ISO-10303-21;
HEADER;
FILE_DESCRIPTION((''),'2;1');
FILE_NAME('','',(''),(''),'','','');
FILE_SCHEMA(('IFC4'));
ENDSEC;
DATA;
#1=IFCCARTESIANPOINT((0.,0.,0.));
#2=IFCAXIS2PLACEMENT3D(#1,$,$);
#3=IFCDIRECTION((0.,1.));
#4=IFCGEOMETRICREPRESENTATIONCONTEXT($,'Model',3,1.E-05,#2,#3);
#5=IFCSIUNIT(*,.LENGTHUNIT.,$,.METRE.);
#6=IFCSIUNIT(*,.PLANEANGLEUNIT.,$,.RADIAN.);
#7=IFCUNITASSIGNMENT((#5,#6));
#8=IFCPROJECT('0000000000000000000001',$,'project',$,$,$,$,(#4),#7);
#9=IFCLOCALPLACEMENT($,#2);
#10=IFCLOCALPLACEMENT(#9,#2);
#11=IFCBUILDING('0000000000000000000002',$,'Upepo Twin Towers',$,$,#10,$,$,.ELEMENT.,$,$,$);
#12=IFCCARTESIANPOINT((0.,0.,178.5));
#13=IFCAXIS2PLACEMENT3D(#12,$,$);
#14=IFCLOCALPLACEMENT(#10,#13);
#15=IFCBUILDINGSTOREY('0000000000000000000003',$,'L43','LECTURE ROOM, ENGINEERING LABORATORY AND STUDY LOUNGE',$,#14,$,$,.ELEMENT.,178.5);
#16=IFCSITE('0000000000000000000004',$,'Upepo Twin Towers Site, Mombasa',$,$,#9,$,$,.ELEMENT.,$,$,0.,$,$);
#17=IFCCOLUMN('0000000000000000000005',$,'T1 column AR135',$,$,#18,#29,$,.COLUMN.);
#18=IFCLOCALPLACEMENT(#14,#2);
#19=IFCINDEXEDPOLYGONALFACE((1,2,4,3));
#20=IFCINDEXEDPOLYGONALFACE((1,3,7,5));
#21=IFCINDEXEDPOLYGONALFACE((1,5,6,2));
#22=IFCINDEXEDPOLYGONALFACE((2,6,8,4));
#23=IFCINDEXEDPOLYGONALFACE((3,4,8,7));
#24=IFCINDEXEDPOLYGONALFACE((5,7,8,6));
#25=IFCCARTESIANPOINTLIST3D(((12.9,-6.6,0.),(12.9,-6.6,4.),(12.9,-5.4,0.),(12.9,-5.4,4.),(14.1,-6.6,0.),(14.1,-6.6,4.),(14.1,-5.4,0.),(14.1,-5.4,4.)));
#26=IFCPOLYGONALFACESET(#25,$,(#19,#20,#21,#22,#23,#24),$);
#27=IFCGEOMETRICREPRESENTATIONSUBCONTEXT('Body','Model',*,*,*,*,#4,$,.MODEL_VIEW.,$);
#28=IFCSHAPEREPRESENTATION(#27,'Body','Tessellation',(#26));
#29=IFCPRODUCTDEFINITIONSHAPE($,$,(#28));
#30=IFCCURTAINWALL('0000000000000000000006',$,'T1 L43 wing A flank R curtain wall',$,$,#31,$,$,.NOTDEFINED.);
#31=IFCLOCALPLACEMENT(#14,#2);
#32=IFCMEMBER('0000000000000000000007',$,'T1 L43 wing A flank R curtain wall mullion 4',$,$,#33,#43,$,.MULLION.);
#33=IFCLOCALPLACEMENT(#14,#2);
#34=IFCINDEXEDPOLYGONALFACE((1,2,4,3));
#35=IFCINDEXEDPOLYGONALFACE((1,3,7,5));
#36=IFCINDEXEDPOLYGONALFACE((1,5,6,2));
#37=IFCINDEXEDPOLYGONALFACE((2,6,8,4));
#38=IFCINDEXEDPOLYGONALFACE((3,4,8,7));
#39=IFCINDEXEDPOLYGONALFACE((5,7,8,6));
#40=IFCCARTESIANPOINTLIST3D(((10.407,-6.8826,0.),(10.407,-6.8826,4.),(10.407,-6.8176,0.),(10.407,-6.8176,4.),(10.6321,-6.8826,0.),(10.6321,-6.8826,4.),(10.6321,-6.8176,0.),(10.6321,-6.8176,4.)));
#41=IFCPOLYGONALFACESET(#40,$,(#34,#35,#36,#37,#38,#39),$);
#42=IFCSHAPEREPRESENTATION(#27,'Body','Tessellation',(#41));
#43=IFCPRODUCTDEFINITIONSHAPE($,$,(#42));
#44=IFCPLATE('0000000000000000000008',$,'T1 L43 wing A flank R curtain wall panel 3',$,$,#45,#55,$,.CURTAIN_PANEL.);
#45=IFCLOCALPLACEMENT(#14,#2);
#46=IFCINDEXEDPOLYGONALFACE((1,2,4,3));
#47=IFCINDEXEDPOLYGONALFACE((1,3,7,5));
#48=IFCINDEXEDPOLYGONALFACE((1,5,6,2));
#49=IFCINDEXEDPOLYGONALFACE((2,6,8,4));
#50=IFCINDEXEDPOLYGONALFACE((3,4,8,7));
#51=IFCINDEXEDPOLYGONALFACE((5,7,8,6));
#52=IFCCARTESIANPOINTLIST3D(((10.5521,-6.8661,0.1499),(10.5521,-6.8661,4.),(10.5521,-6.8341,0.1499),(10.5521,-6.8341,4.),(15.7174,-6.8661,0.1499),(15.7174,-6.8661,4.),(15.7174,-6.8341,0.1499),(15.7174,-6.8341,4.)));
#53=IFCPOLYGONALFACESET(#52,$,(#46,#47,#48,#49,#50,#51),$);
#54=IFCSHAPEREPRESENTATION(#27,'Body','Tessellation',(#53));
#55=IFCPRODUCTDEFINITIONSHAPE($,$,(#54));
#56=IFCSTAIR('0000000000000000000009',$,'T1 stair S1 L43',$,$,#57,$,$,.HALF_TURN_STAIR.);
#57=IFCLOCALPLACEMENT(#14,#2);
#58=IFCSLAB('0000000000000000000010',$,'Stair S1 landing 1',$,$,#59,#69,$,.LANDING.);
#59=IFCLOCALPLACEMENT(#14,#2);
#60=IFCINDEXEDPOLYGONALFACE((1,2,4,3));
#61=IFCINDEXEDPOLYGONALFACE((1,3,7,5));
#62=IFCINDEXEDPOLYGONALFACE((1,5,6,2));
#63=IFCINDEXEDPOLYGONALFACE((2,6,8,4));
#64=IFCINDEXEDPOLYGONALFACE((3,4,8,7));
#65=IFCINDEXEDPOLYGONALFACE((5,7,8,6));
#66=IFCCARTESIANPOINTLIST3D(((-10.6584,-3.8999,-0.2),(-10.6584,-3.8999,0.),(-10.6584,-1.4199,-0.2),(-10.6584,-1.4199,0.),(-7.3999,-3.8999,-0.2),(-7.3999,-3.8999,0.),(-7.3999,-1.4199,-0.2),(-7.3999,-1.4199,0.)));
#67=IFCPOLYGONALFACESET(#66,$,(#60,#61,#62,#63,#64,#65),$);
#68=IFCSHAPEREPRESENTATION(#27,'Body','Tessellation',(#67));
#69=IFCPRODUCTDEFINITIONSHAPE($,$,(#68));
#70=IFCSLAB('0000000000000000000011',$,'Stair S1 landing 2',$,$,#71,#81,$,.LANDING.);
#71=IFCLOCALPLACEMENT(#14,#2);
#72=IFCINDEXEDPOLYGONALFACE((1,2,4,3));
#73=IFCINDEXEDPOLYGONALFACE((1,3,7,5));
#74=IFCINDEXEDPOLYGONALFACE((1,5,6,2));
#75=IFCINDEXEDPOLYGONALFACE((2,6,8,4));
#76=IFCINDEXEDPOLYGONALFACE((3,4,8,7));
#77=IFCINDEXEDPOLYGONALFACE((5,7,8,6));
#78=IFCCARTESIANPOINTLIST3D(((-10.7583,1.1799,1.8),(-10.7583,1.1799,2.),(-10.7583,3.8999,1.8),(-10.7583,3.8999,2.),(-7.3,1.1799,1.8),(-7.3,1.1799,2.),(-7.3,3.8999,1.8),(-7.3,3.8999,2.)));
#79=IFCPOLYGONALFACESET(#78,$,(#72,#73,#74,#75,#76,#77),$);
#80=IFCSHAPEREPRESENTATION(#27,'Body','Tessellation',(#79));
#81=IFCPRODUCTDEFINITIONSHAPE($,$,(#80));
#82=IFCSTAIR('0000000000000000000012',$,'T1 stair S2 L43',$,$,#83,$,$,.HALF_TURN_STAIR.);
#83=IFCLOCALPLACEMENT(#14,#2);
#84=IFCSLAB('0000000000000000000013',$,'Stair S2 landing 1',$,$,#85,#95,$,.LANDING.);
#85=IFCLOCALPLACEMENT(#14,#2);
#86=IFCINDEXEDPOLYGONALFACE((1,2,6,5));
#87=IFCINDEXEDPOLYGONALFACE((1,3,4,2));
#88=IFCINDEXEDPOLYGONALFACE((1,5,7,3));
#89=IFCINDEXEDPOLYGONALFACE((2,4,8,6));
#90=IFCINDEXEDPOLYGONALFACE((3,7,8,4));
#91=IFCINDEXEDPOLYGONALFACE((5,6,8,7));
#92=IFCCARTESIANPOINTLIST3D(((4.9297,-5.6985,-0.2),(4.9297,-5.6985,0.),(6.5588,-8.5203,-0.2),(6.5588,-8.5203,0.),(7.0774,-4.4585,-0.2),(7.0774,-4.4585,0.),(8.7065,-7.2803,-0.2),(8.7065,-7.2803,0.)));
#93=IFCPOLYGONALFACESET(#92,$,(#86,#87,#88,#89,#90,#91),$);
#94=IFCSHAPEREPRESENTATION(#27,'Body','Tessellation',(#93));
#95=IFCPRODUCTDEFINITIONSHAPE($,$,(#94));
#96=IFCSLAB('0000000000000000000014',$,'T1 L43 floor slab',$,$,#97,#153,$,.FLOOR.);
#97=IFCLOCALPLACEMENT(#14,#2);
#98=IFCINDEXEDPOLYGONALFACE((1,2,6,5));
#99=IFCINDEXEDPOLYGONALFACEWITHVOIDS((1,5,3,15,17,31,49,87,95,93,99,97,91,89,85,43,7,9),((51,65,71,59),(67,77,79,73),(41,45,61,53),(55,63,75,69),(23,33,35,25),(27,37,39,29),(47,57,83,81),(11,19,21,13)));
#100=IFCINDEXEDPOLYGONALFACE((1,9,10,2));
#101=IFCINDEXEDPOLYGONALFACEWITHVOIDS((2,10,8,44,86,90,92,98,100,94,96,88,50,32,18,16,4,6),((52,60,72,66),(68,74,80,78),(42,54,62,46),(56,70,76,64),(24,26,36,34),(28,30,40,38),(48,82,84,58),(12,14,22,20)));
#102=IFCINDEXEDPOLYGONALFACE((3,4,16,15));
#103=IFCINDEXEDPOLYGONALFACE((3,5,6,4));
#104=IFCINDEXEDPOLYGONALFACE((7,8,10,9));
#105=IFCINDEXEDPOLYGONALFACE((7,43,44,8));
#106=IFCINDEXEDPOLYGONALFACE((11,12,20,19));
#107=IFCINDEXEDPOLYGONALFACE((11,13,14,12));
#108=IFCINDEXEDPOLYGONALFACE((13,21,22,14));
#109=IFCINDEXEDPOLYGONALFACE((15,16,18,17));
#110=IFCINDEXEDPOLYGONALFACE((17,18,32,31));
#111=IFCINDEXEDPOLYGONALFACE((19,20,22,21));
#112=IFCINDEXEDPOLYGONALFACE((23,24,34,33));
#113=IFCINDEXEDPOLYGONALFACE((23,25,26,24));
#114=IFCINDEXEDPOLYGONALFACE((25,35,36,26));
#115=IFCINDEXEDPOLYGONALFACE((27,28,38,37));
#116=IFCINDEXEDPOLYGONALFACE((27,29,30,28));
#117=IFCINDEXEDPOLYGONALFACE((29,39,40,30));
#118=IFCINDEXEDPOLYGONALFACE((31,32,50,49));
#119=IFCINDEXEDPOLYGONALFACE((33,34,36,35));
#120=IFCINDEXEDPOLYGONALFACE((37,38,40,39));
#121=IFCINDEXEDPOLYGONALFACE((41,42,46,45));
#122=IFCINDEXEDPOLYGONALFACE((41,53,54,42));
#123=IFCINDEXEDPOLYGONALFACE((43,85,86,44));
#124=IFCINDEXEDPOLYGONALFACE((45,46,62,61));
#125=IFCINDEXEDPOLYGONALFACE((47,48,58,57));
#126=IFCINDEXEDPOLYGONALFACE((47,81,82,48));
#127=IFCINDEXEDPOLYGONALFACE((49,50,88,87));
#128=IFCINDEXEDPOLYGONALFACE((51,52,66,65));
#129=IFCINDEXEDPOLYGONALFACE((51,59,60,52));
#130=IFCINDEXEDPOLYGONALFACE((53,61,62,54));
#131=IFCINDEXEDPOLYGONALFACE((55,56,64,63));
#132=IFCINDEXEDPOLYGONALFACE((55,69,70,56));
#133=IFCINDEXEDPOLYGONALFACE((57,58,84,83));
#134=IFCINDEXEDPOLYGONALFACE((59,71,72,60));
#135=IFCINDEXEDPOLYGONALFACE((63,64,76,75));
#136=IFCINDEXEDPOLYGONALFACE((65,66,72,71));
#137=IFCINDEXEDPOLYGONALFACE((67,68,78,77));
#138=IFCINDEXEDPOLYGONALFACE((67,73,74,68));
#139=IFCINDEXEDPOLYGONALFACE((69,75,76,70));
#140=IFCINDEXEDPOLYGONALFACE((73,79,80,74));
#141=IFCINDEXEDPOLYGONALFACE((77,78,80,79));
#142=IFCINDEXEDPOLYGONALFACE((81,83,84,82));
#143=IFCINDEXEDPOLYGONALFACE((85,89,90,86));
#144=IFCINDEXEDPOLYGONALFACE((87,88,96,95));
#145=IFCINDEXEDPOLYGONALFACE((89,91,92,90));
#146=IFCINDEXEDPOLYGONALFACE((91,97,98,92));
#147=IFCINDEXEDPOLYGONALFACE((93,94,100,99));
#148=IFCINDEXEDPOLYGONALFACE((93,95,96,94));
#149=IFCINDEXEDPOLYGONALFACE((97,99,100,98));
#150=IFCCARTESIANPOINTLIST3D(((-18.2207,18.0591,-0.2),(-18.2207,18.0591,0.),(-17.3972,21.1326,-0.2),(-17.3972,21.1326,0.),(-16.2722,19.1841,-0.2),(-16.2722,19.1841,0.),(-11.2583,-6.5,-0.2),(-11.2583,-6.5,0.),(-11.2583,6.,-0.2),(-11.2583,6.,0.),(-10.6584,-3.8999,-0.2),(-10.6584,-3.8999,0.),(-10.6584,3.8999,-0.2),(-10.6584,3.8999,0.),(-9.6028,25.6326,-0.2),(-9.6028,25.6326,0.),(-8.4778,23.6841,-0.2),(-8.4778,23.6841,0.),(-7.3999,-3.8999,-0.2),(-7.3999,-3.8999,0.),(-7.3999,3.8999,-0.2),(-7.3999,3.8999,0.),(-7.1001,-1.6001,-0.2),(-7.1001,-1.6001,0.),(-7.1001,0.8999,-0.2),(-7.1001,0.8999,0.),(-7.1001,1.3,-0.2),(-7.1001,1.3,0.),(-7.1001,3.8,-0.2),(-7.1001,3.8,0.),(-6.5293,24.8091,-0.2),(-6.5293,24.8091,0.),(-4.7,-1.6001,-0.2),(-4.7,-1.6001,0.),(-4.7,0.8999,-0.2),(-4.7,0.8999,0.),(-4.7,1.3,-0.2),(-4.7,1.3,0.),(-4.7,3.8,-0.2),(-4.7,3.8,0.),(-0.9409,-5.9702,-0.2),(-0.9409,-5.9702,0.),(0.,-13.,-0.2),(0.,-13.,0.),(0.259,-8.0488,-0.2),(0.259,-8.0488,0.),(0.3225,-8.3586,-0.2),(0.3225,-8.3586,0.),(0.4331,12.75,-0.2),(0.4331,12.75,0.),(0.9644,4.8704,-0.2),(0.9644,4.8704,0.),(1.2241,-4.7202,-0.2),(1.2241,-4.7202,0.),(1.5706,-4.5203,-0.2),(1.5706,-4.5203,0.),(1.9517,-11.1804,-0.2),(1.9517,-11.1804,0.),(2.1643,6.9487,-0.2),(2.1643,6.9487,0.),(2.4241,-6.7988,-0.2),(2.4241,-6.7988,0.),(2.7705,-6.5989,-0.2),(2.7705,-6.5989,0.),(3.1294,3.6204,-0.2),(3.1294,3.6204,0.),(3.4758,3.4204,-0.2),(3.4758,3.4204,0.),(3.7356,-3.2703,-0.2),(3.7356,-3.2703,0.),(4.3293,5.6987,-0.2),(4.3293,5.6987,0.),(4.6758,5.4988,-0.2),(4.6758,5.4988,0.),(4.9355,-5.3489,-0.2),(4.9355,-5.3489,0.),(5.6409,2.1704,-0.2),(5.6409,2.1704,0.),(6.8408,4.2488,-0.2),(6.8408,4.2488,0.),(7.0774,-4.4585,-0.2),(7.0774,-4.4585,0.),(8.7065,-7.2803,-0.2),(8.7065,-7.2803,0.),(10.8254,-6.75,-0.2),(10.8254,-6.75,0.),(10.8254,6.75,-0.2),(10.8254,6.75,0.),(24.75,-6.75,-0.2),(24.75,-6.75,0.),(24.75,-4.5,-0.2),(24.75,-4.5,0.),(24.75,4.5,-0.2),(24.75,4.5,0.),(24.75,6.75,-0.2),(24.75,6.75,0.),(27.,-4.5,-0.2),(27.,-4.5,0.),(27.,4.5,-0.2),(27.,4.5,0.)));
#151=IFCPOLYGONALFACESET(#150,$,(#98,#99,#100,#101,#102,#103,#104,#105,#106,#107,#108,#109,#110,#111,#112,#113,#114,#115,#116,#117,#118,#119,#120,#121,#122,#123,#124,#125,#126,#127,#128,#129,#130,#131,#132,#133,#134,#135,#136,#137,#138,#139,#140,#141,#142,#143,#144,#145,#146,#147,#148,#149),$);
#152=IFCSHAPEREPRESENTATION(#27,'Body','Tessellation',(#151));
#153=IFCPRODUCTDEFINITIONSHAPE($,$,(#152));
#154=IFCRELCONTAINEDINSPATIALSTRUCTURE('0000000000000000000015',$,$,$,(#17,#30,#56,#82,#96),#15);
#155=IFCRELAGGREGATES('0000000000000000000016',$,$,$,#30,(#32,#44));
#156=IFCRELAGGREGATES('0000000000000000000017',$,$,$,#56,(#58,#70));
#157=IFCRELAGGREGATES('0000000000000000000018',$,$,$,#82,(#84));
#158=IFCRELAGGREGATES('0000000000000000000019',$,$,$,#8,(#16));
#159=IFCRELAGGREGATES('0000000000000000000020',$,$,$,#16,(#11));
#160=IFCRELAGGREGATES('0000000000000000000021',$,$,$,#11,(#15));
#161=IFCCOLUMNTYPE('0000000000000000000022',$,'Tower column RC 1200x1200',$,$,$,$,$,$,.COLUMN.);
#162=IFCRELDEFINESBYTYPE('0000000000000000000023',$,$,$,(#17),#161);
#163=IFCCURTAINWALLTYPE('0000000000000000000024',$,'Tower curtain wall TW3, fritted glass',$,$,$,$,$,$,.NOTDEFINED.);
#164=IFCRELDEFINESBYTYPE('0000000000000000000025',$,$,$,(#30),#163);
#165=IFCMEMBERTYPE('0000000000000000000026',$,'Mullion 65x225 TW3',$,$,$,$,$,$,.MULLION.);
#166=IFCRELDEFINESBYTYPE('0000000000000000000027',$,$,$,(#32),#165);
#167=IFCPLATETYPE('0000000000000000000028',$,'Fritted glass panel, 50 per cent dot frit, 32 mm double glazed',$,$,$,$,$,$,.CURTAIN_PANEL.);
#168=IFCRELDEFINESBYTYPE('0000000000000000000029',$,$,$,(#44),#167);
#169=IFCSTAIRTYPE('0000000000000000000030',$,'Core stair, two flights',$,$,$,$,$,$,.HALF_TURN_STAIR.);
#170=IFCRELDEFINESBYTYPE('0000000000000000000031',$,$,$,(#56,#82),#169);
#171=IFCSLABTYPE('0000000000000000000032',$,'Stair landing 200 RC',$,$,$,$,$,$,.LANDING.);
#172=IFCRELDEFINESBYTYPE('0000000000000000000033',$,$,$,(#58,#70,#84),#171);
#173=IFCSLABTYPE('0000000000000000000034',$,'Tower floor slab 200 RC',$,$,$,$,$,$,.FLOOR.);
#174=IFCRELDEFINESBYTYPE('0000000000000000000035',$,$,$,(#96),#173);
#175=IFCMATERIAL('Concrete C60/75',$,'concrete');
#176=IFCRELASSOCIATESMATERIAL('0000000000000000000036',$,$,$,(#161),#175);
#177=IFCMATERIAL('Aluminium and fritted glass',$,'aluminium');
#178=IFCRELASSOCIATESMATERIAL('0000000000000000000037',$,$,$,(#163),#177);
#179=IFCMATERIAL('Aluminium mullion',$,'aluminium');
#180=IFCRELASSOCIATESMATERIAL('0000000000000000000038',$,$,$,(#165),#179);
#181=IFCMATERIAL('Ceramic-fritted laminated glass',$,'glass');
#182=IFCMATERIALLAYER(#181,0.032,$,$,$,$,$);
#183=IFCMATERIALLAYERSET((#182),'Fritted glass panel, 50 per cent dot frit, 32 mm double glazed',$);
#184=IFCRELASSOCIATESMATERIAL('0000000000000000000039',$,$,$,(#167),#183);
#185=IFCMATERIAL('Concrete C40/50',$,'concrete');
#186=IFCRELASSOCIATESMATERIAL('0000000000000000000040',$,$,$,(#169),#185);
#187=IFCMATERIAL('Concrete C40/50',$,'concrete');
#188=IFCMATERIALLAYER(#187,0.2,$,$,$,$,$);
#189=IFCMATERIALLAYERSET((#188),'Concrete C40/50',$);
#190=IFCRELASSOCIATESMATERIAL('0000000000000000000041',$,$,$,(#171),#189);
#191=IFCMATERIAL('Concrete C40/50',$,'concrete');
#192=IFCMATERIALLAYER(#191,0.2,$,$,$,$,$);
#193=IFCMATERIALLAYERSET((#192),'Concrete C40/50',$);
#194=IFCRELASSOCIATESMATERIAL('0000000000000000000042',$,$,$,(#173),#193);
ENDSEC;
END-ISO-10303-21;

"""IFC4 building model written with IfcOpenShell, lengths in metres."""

from ifc_helpers import new_model, si_unit, direction, frame, origin, origin_2d, place, context, subcontext, project, spatial, polyline, rectangle, outline, extrude, material, layer, layer_set, material_profile, profile_set, type_object, element, aggregate, save


model = new_model("IFC4")

# Units and contexts
model_context = context("Model", 3, precision=1e-05, world=origin(), true_north=direction((0.0, 1.0)))
body_context = subcontext(model_context, "Body", "Model", "MODEL_VIEW")
ifc_project = project(units=[si_unit("LENGTHUNIT", "METRE"), si_unit("PLANEANGLEUNIT", "RADIAN")], contexts=[model_context])

# Site, building, storey
site_placement = place(None, origin())
site = spatial("IfcSite", under=ifc_project, at=site_placement, Name="Upepo Twin Towers Site, Mombasa", CompositionType="ELEMENT", RefElevation=0.0)
building_placement = place(site_placement, origin())
building = spatial("IfcBuilding", under=site, at=building_placement, Name="Upepo Twin Towers", CompositionType="ELEMENT")
storey_placement = place(building_placement, frame((0.0, 0.0, 178.5)))
storey = spatial("IfcBuildingStorey", under=building, at=storey_placement, Name="L43", Description="LECTURE ROOM, ENGINEERING LABORATORY AND STUDY LOUNGE", CompositionType="ELEMENT", Elevation=178.5)

# Column
ifc_material_1 = material(Name="Concrete C60/75", Category="concrete")
ifc_material_profile_1 = material_profile(ifc_material_1, rectangle(XDim=1.2, YDim=1.2, at=origin_2d()), Name="RC 1200x1200")
ifc_profile_set_1 = profile_set([ifc_material_profile_1], Name="Concrete C60/75")
column_type = type_object("IfcColumnType", Name="Tower column RC 1200x1200", PredefinedType="COLUMN", material=ifc_profile_set_1)
column_placement = place(storey_placement, frame((13.5, -6.0, 0.0), z_axis=(0.0, 0.0, 1.0), x_axis=(1.0, 0.0, 0.0)))
element("IfcColumn", 1, at=column_placement, inside=storey, type_object=column_type, Name="T1 column AR135", PredefinedType="COLUMN", context=body_context, shape_type="SweptSolid", body=[
    extrude(rectangle(XDim=1.2, YDim=1.2, at=origin_2d()), origin(), (0.0, 0.0, 1.0), 4.0),
])

# Curtain wall, member, plate
ifc_material_2 = material(Name="Aluminium and fritted glass", Category="aluminium")
curtain_wall_type = type_object("IfcCurtainWallType", Name="Tower curtain wall TW3, fritted glass", PredefinedType="NOTDEFINED", material=ifc_material_2)
curtain_wall_placement = place(storey_placement, origin())
curtain_wall = element("IfcCurtainWall", 2, at=curtain_wall_placement, inside=storey, type_object=curtain_wall_type, Name="T1 L43 wing A flank R curtain wall", PredefinedType="NOTDEFINED")
ifc_material_3 = material(Name="Aluminium mullion", Category="aluminium")
ifc_material_profile_2 = material_profile(ifc_material_3, rectangle(XDim=0.0649, YDim=0.2251, at=origin_2d()), Name="MULLION 65x225")
ifc_profile_set_2 = profile_set([ifc_material_profile_2], Name="Aluminium mullion")
member_type = type_object("IfcMemberType", Name="Mullion 65x225 TW3", PredefinedType="MULLION", material=ifc_profile_set_2)
member_placement = place(storey_placement, frame((10.5195, -6.8501, 0.0), z_axis=(0.0, 0.0, 1.0), x_axis=(0.0, -1.0, 0.0)))
member = element("IfcMember", 3, at=member_placement, type_object=member_type, Name="T1 L43 wing A flank R curtain wall mullion 4", PredefinedType="MULLION", context=body_context, shape_type="SweptSolid", body=[
    extrude(rectangle(XDim=0.0649, YDim=0.2251, at=origin_2d()), origin(), (0.0, 0.0, 1.0), 4.0),
])
ifc_material_4 = material(Name="Ceramic-fritted laminated glass", Category="glass")
ifc_layer_1 = layer(ifc_material_4, 0.032)
ifc_layer_set_1 = layer_set([ifc_layer_1], Name="Fritted glass panel, 50 per cent dot frit, 32 mm double glazed")
plate_type = type_object("IfcPlateType", Name="Fritted glass panel, 50 per cent dot frit, 32 mm double glazed", PredefinedType="CURTAIN_PANEL", material=ifc_layer_set_1)
plate_placement = place(storey_placement, frame((13.1348, -6.8501, 0.1499), z_axis=(0.0, 0.0, 1.0), x_axis=(-1.0, 0.0, 0.0)))
plate = element("IfcPlate", 4, at=plate_placement, type_object=plate_type, Name="T1 L43 wing A flank R curtain wall panel 3", PredefinedType="CURTAIN_PANEL", context=body_context, shape_type="SweptSolid", body=[
    extrude(rectangle(XDim=5.1653, YDim=0.032, at=origin_2d()), origin(), (0.0, 0.0, 1.0), 3.8501),
])
aggregate(curtain_wall, [member, plate])

# Stair, slabs
ifc_material_5 = material(Name="Concrete C40/50", Category="concrete")
stair_type = type_object("IfcStairType", Name="Core stair, two flights", PredefinedType="HALF_TURN_STAIR", material=ifc_material_5)
stair_1_placement = place(storey_placement, origin())
stair_1 = element("IfcStair", 5, at=stair_1_placement, inside=storey, type_object=stair_type, Name="T1 stair S1 L43", PredefinedType="HALF_TURN_STAIR")
ifc_material_6 = material(Name="Concrete C40/50", Category="concrete")
ifc_layer_2 = layer(ifc_material_6, 0.2)
ifc_layer_set_2 = layer_set([ifc_layer_2], Name="Concrete C40/50")
slab_type_1 = type_object("IfcSlabType", Name="Stair landing 200 RC", PredefinedType="LANDING", material=ifc_layer_set_2)
slab_1_placement = place(storey_placement, frame((0.0, 0.0, -0.2)))
slab_1 = element("IfcSlab", 6, at=slab_1_placement, type_object=slab_type_1, Name="Stair S1 landing 1", PredefinedType="LANDING", context=body_context, shape_type="SweptSolid", body=[
    extrude(outline(polyline([(-7.3999, -1.4199), (-10.6584, -1.4199), (-10.6584, -3.8999), (-7.3999, -3.8999), (-7.3999, -1.4199)])), origin(), (0.0, 0.0, 1.0), 0.2),
])
slab_2_placement = place(storey_placement, frame((0.0, 0.0, 1.8)))
slab_2 = element("IfcSlab", 7, at=slab_2_placement, type_object=slab_type_1, Name="Stair S1 landing 2", PredefinedType="LANDING", context=body_context, shape_type="SweptSolid", body=[
    extrude(outline(polyline([(-7.3, 3.8999), (-10.7583, 3.8999), (-10.7583, 1.1799), (-7.3, 1.1799), (-7.3, 3.8999)])), origin(), (0.0, 0.0, 1.0), 0.2),
])
aggregate(stair_1, [slab_1, slab_2])

# Stair, slab
stair_2_placement = place(storey_placement, origin())
stair_2 = element("IfcStair", 8, at=stair_2_placement, inside=storey, type_object=stair_type, Name="T1 stair S2 L43", PredefinedType="HALF_TURN_STAIR")
slab_3_placement = place(storey_placement, frame((0.0, 0.0, -0.2)))
slab_3 = element("IfcSlab", 9, at=slab_3_placement, type_object=slab_type_1, Name="Stair S2 landing 1", PredefinedType="LANDING", context=body_context, shape_type="SweptSolid", body=[
    extrude(outline(polyline([(4.9297, -5.6985), (6.5588, -8.5203), (8.7065, -7.2803), (7.0774, -4.4585), (4.9297, -5.6985)])), origin(), (0.0, 0.0, 1.0), 0.2),
])

# Slab
ifc_material_7 = material(Name="Concrete C40/50", Category="concrete")
ifc_layer_3 = layer(ifc_material_7, 0.2)
ifc_layer_set_3 = layer_set([ifc_layer_3], Name="Concrete C40/50")
slab_type_2 = type_object("IfcSlabType", Name="Tower floor slab 200 RC", PredefinedType="FLOOR", material=ifc_layer_set_3)
slab_4_placement = place(storey_placement, frame((0.0, 0.0, -0.2)))
element("IfcSlab", 10, at=slab_4_placement, inside=storey, type_object=slab_type_2, Name="T1 L43 floor slab", PredefinedType="FLOOR", context=body_context, shape_type="SweptSolid", body=[
    extrude(outline(polyline([(10.8254, 6.75), (24.75, 6.75), (24.75, 4.5), (27.0, 4.5), (27.0, -4.5), (24.75, -4.5), (24.75, -6.75), (10.8254, -6.75), (0.0, -13.0), (-11.2583, -6.5), (-11.2583, 6.0), (-18.2207, 18.0591), (-16.2722, 19.1841), (-17.3972, 21.1326), (-9.6028, 25.6326), (-8.4778, 23.6841), (-6.5293, 24.8091), (0.4331, 12.75), (10.8254, 6.75)]), holes=[polyline([(5.6409, 2.1704), (6.8408, 4.2488), (4.6758, 5.4988), (3.4758, 3.4204), (5.6409, 2.1704)]), polyline([(3.1294, 3.6204), (4.3293, 5.6987), (2.1643, 6.9487), (0.9644, 4.8704), (3.1294, 3.6204)]), polyline([(-4.7, 3.8), (-7.1001, 3.8), (-7.1001, 1.3), (-4.7, 1.3), (-4.7, 3.8)]), polyline([(-4.7, 0.8999), (-7.1001, 0.8999), (-7.1001, -1.6001), (-4.7, -1.6001), (-4.7, 0.8999)]), polyline([(-7.3999, 3.8999), (-10.6584, 3.8999), (-10.6584, -3.8999), (-7.3999, -3.8999), (-7.3999, 3.8999)]), polyline([(-0.9409, -5.9702), (0.259, -8.0488), (2.4241, -6.7988), (1.2241, -4.7202), (-0.9409, -5.9702)]), polyline([(1.5706, -4.5203), (2.7705, -6.5989), (4.9355, -5.3489), (3.7356, -3.2703), (1.5706, -4.5203)]), polyline([(0.3225, -8.3586), (1.9517, -11.1804), (8.7065, -7.2803), (7.0774, -4.4585), (0.3225, -8.3586)])]), origin(), (0.0, 0.0, 1.0), 0.2),
])

aggregate(stair_2, [slab_3])

save(model, "model.ifc")
